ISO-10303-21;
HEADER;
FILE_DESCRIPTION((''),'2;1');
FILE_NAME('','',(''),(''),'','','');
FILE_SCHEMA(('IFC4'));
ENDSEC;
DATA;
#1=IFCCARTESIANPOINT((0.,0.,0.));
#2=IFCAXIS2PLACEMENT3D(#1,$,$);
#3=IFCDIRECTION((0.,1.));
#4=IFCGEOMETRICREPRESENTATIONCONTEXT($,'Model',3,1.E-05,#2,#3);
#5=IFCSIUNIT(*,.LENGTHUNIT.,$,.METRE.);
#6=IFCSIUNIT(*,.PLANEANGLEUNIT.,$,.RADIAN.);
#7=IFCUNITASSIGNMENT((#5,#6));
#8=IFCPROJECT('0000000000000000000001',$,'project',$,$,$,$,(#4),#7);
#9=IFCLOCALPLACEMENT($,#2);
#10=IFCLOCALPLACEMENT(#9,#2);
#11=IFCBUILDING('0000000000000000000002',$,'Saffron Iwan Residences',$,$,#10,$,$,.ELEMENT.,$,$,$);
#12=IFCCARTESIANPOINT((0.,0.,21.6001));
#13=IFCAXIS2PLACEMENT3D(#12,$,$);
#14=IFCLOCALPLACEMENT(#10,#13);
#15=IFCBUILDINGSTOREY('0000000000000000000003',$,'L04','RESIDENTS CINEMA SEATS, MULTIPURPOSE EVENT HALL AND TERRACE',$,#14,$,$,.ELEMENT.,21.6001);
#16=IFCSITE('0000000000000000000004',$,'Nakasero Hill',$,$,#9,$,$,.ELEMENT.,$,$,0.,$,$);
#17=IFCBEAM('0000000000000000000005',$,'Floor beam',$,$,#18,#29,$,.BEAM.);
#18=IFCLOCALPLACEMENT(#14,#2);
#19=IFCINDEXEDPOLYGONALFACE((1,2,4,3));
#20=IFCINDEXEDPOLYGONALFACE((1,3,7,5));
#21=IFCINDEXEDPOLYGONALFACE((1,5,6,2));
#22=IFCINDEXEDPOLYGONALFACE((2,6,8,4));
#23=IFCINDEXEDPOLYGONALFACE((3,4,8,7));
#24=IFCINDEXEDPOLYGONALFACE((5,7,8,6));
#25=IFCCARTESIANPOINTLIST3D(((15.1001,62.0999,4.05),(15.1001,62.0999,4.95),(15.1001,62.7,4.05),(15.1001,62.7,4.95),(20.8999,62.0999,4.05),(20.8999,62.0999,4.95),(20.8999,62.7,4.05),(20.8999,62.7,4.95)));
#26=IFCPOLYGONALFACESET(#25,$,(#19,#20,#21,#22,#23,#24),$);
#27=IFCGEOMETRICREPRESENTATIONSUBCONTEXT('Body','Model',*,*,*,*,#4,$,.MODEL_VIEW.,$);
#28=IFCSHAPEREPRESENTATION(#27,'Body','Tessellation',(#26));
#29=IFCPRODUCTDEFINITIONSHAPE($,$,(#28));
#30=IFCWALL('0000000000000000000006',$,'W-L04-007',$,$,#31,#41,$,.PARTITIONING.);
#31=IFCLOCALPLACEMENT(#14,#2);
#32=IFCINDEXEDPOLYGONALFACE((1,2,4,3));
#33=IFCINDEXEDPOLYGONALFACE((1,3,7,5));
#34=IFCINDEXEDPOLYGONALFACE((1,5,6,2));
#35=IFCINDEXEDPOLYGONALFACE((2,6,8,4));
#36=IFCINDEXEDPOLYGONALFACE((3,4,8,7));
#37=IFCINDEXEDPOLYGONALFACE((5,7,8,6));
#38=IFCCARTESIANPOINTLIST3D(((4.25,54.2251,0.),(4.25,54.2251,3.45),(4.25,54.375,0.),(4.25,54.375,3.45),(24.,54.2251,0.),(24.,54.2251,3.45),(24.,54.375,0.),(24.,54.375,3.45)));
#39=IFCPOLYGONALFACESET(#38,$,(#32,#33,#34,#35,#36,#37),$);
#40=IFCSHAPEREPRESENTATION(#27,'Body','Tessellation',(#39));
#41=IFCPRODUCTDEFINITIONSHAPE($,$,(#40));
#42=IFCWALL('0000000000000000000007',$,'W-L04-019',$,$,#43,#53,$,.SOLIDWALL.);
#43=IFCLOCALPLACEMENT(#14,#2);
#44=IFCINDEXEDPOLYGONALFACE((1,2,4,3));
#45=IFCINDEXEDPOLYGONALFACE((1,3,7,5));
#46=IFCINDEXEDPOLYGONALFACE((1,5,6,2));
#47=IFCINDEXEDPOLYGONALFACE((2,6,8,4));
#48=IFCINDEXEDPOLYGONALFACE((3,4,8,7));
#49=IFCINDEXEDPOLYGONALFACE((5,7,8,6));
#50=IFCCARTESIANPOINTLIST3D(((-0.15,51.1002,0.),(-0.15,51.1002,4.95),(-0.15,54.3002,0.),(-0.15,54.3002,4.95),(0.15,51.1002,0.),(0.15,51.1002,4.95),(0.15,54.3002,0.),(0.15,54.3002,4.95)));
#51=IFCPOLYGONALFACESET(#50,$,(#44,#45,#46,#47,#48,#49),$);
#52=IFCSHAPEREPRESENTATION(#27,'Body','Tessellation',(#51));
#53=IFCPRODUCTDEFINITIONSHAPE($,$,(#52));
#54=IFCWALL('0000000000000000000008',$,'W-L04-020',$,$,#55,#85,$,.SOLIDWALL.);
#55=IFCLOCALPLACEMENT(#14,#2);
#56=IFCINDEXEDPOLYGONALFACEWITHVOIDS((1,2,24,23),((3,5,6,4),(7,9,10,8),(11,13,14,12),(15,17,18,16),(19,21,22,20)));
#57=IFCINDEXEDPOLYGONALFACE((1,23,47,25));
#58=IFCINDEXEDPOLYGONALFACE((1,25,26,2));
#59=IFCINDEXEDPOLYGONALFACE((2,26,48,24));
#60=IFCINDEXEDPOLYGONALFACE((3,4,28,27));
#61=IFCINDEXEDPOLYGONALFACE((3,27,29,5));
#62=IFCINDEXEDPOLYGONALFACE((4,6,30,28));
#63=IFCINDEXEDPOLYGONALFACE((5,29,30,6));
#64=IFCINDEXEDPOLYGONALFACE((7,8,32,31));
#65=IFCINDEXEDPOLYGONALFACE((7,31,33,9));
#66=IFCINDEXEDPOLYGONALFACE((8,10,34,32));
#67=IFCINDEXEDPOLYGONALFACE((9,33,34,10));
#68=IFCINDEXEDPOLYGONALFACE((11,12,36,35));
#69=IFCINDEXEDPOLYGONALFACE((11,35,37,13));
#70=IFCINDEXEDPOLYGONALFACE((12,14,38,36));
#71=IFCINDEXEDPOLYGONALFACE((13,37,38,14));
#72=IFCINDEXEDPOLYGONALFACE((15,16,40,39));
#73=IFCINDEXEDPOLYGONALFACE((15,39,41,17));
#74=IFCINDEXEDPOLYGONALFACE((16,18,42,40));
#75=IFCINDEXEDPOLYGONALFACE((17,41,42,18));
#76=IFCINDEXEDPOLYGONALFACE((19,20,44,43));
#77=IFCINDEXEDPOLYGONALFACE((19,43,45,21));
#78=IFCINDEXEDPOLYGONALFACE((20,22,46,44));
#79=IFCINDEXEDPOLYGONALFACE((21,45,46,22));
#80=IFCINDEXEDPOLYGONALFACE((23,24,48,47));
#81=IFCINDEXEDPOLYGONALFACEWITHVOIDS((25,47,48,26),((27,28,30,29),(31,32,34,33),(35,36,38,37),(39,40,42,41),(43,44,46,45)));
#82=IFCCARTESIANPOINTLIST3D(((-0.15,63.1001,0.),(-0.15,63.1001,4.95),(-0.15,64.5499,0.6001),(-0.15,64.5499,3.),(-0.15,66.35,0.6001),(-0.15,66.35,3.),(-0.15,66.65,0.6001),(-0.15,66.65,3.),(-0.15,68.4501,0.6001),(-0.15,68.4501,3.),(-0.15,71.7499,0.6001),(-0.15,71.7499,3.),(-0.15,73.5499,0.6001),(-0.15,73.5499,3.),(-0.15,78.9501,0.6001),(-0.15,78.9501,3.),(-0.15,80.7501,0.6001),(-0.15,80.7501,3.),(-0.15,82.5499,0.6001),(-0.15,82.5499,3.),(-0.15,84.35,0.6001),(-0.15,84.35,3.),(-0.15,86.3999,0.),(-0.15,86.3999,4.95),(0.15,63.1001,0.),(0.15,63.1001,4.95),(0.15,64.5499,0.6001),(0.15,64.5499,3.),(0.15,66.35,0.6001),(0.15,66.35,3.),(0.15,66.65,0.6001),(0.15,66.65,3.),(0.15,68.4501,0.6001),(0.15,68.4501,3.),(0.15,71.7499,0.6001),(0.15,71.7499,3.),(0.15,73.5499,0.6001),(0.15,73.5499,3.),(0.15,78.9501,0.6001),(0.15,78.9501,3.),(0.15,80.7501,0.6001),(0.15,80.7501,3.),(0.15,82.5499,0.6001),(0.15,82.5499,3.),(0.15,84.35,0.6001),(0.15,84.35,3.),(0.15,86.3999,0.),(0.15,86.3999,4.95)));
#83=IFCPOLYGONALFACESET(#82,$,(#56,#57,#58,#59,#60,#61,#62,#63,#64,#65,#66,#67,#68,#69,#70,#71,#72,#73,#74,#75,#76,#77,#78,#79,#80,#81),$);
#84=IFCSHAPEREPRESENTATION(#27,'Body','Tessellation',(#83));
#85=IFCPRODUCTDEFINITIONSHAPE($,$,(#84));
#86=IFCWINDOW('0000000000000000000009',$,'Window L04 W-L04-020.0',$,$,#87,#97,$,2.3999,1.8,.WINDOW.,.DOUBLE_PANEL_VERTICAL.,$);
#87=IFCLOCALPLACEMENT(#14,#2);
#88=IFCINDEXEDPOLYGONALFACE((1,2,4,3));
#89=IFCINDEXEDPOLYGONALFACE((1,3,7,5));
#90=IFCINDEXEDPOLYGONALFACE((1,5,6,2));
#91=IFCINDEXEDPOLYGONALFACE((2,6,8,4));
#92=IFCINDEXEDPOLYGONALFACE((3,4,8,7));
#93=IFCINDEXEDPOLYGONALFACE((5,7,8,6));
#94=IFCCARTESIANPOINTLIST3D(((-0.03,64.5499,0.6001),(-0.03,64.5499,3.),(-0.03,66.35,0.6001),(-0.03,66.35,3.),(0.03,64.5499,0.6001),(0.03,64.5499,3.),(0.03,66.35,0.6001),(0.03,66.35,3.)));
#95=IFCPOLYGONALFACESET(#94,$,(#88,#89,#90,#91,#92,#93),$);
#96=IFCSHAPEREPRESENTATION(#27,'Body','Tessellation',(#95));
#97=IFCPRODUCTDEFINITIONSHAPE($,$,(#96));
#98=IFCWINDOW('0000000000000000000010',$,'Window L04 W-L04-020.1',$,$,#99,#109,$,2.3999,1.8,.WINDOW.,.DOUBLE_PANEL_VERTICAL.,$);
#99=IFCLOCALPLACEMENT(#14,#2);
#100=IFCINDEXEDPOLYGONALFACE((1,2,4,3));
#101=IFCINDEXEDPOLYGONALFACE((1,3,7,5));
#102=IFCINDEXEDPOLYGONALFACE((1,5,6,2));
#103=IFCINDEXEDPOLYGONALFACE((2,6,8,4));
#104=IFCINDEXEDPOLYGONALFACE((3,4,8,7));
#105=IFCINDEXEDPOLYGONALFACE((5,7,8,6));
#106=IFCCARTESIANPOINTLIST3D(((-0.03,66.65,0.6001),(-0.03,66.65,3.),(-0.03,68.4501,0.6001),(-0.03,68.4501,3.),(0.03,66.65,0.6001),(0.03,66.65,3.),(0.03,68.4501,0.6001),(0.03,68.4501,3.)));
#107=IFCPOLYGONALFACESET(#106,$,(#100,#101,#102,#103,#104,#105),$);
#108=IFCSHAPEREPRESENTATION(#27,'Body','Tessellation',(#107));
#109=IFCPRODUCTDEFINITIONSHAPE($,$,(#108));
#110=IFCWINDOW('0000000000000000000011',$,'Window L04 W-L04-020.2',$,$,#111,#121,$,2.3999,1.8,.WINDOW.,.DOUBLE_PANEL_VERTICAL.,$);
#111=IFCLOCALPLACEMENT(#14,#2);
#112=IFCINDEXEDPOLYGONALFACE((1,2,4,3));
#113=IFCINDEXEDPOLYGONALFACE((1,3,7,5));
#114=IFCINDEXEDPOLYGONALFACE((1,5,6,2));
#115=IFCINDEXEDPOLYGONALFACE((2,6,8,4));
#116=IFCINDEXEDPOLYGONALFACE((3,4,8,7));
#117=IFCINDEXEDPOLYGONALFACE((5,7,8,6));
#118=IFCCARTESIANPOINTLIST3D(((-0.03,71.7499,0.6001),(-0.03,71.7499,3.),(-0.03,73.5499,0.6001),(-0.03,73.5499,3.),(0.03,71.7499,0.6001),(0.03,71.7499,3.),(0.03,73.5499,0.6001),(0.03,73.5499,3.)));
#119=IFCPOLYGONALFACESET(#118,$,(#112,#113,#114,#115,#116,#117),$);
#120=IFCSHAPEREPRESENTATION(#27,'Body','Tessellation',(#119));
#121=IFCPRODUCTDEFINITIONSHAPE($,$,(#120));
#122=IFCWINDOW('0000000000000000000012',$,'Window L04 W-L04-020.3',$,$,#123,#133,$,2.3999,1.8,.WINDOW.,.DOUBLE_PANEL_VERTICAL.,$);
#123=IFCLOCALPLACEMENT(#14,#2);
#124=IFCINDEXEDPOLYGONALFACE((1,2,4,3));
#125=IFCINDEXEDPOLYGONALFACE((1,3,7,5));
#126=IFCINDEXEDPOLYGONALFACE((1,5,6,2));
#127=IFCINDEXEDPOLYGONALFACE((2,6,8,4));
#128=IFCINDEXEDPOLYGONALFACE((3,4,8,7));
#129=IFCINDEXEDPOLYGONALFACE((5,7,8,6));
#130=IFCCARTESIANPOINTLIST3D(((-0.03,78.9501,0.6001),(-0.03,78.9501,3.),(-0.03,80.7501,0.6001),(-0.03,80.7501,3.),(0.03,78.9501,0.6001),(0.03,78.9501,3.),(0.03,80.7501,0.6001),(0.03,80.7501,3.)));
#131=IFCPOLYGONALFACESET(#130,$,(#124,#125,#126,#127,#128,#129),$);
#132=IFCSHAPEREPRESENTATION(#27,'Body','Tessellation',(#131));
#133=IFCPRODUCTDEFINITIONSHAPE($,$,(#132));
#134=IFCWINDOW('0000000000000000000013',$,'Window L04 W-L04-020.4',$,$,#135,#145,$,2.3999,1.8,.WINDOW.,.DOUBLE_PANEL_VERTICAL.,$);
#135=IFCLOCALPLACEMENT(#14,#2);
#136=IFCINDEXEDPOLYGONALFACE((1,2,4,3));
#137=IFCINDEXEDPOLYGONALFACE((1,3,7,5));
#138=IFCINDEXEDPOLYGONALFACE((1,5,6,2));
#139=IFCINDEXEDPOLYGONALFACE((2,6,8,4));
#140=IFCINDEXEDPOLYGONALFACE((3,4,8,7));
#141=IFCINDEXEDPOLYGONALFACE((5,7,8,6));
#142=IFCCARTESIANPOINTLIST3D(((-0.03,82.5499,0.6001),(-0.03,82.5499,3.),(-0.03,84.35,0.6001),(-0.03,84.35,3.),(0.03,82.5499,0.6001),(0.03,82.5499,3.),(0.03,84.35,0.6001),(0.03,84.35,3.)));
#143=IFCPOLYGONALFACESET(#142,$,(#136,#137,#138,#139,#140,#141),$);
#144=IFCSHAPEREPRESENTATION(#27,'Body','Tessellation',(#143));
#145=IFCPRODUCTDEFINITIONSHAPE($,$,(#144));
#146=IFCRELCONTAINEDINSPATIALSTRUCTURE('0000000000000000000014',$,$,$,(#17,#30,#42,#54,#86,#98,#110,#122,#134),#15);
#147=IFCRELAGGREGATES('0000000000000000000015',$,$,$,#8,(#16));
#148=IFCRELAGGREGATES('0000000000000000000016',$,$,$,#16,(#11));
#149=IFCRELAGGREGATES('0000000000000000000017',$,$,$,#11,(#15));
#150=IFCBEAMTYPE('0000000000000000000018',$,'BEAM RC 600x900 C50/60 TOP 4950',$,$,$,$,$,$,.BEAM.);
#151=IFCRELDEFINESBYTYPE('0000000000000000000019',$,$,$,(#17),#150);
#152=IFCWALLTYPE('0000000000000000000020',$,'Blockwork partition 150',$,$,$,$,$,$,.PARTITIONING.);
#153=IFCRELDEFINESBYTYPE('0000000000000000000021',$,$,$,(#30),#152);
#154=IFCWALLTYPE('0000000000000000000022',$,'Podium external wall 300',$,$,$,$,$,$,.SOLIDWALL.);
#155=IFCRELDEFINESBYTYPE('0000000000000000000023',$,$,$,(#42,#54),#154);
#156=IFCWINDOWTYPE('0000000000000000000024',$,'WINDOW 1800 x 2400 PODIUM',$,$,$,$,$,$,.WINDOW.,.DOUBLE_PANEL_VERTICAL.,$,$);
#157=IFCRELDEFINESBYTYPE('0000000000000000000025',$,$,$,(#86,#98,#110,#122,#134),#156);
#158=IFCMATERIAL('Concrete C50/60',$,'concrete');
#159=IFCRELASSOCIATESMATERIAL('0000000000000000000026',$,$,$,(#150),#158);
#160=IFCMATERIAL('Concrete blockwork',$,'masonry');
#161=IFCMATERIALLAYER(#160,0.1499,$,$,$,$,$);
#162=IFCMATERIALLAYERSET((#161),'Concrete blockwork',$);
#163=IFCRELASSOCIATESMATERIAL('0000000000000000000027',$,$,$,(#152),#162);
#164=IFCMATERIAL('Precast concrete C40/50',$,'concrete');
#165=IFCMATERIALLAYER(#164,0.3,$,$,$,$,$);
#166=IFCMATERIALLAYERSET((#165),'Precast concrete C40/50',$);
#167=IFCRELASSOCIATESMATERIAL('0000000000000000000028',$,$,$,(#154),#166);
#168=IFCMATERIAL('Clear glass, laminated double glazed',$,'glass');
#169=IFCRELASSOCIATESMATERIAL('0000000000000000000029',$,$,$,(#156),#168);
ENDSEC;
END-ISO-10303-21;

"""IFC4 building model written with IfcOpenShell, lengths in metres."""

from ifc_helpers import new_model, si_unit, direction, frame, frame_2d, origin, origin_2d, place, context, subcontext, project, spatial, rectangle, extrude, source, transform, mapped, material, layer, layer_set, material_profile, profile_set, type_object, element, fill, save


model = new_model("IFC4")

# Units and contexts
model_context = context("Model", 3, precision=1e-05, world=origin(), true_north=direction((0.0, 1.0)))
body_context = subcontext(model_context, "Body", "Model", "MODEL_VIEW")
ifc_project = project(units=[si_unit("LENGTHUNIT", "METRE"), si_unit("PLANEANGLEUNIT", "RADIAN")], contexts=[model_context])

# Site, building, storey
site_placement = place(None, origin())
site = spatial("IfcSite", under=ifc_project, at=site_placement, Name="Nakasero Hill", CompositionType="ELEMENT", RefElevation=0.0)
building_placement = place(site_placement, origin())
building = spatial("IfcBuilding", under=site, at=building_placement, Name="Saffron Iwan Residences", CompositionType="ELEMENT")
storey_placement = place(building_placement, frame((0.0, 0.0, 21.6001)))
storey = spatial("IfcBuildingStorey", under=building, at=storey_placement, Name="L04", Description="RESIDENTS CINEMA SEATS, MULTIPURPOSE EVENT HALL AND TERRACE", CompositionType="ELEMENT", Elevation=21.6001)

# Shared definitions
ifc_material_1 = material(Name="Concrete C50/60", Category="concrete")

# Beam
ifc_material_profile_1 = material_profile(ifc_material_1, rectangle(XDim=0.6001, YDim=0.8999, at=origin_2d()), Name="RC 600x900")
ifc_profile_set_1 = profile_set([ifc_material_profile_1], Name="Concrete C50/60")
beam_type_1 = type_object("IfcBeamType", Name="BEAM RC 600x900 C50/60 TOP 4950", PredefinedType="BEAM", material=ifc_profile_set_1)
shared_shape_1 = source(origin(), body_context, "Body", "SweptSolid", [
    extrude(rectangle(XDim=0.6001, YDim=0.8999, at=origin_2d()), origin(), (0.0, 0.0, 1.0), 5.7998),
])
beam_1_placement = place(storey_placement, frame((15.1001, 62.3999, 4.5), z_axis=(1.0, 0.0, 0.0), x_axis=(0.0, 1.0, 0.0)))
element("IfcBeam", 1, at=beam_1_placement, inside=storey, type_object=beam_type_1, Name="Floor beam", PredefinedType="BEAM", context=body_context, shape_type="MappedRepresentation", body=[
    mapped(shared_shape_1, transform((0.0, 0.0, 0.0))),
])

# Walls
ifc_material_2 = material(Name="Concrete blockwork", Category="masonry")
ifc_layer_1 = layer(ifc_material_2, 0.1499)
ifc_layer_set_1 = layer_set([ifc_layer_1], Name="Concrete blockwork")
wall_type_1 = type_object("IfcWallType", Name="Blockwork partition 150", PredefinedType="PARTITIONING", material=ifc_layer_set_1)
wall_1_placement = place(storey_placement, frame((4.25, 54.3, 0.0), z_axis=(0.0, 0.0, 1.0), x_axis=(1.0, 0.0, 0.0)))
element("IfcWall", 2, at=wall_1_placement, inside=storey, type_object=wall_type_1, Name="W-L04-007", PredefinedType="PARTITIONING", context=body_context, shape_type="SweptSolid", body=[
    extrude(rectangle(XDim=19.75, YDim=0.1499, at=frame_2d((9.875, 0.0))), origin(), (0.0, 0.0, 1.0), 3.45),
])
ifc_material_3 = material(Name="Precast concrete C40/50", Category="concrete")
ifc_layer_2 = layer(ifc_material_3, 0.3)
ifc_layer_set_2 = layer_set([ifc_layer_2], Name="Precast concrete C40/50")
wall_type_2 = type_object("IfcWallType", Name="Podium external wall 300", PredefinedType="SOLIDWALL", material=ifc_layer_set_2)
wall_2_placement = place(storey_placement, frame((0.0, 51.1001, 0.0), z_axis=(0.0, 0.0, 1.0), x_axis=(0.0, 1.0, 0.0)))
element("IfcWall", 3, at=wall_2_placement, inside=storey, type_object=wall_type_2, Name="W-L04-019", PredefinedType="SOLIDWALL", context=body_context, shape_type="SweptSolid", body=[
    extrude(rectangle(XDim=3.2, YDim=0.3, at=frame_2d((1.6001, 0.0))), origin(), (0.0, 0.0, 1.0), 4.95),
])

# Wall, openings, windows
wall_3_placement = place(storey_placement, frame((0.0, 63.1001, 0.0), z_axis=(0.0, 0.0, 1.0), x_axis=(0.0, 1.0, 0.0)))
wall_3 = element("IfcWall", 4, at=wall_3_placement, inside=storey, type_object=wall_type_2, Name="W-L04-020", PredefinedType="SOLIDWALL", context=body_context, shape_type="SweptSolid", body=[
    extrude(rectangle(XDim=23.2998, YDim=0.3, at=frame_2d((11.6499, 0.0))), origin(), (0.0, 0.0, 1.0), 4.95),
])
opening_1_placement = place(wall_3_placement, frame((1.45, 0.0, 0.6001)))
opening_1 = element("IfcOpeningElement", 5, at=opening_1_placement, cuts=wall_3, PredefinedType="OPENING", context=body_context, shape_type="SweptSolid", body=[
    extrude(rectangle(XDim=1.8, YDim=2.3999, at=frame_2d((0.8999, 1.2))), frame((0.0, 0.1602, 0.0), z_axis=(0.0, -1.0, 0.0), x_axis=(1.0, 0.0, 0.0)), (0.0, 0.0, 1.0), 0.3201),
])
opening_2_placement = place(wall_3_placement, frame((3.55, 0.0, 0.6001)))
opening_2 = element("IfcOpeningElement", 6, at=opening_2_placement, cuts=wall_3, PredefinedType="OPENING", context=body_context, shape_type="SweptSolid", body=[
    extrude(rectangle(XDim=1.8, YDim=2.3999, at=frame_2d((0.8999, 1.2))), frame((0.0, 0.1602, 0.0), z_axis=(0.0, -1.0, 0.0), x_axis=(1.0, 0.0, 0.0)), (0.0, 0.0, 1.0), 0.3201),
])
opening_3_placement = place(wall_3_placement, frame((8.6499, 0.0, 0.6001)))
opening_3 = element("IfcOpeningElement", 7, at=opening_3_placement, cuts=wall_3, PredefinedType="OPENING", context=body_context, shape_type="SweptSolid", body=[
    extrude(rectangle(XDim=1.8, YDim=2.3999, at=frame_2d((0.8999, 1.2))), frame((0.0, 0.1602, 0.0), z_axis=(0.0, -1.0, 0.0), x_axis=(1.0, 0.0, 0.0)), (0.0, 0.0, 1.0), 0.3201),
])
opening_4_placement = place(wall_3_placement, frame((15.8501, 0.0, 0.6001)))
opening_4 = element("IfcOpeningElement", 8, at=opening_4_placement, cuts=wall_3, PredefinedType="OPENING", context=body_context, shape_type="SweptSolid", body=[
    extrude(rectangle(XDim=1.8, YDim=2.3999, at=frame_2d((0.8999, 1.2))), frame((0.0, 0.1602, 0.0), z_axis=(0.0, -1.0, 0.0), x_axis=(1.0, 0.0, 0.0)), (0.0, 0.0, 1.0), 0.3201),
])
opening_5_placement = place(wall_3_placement, frame((19.45, 0.0, 0.6001)))
opening_5 = element("IfcOpeningElement", 9, at=opening_5_placement, cuts=wall_3, PredefinedType="OPENING", context=body_context, shape_type="SweptSolid", body=[
    extrude(rectangle(XDim=1.8, YDim=2.3999, at=frame_2d((0.8999, 1.2))), frame((0.0, 0.1602, 0.0), z_axis=(0.0, -1.0, 0.0), x_axis=(1.0, 0.0, 0.0)), (0.0, 0.0, 1.0), 0.3201),
])
ifc_material_4 = material(Name="Clear glass, laminated double glazed", Category="glass")
window_type = type_object("IfcWindowType", Name="WINDOW 1800 x 2400 PODIUM", PartitioningType="DOUBLE_PANEL_VERTICAL", PredefinedType="WINDOW", material=ifc_material_4)
window_1_placement = place(opening_1_placement, origin())
window_1 = element("IfcWindow", 10, at=window_1_placement, inside=storey, type_object=window_type, Name="Window L04 W-L04-020.0", OverallHeight=2.3999, OverallWidth=1.8, PartitioningType="DOUBLE_PANEL_VERTICAL", PredefinedType="WINDOW", context=body_context, shape_type="SweptSolid", body=[
    extrude(rectangle(XDim=1.8, YDim=2.3999, at=frame_2d((0.8999, 1.2))), frame((0.0, 0.03, 0.0), z_axis=(0.0, -1.0, 0.0), x_axis=(1.0, 0.0, 0.0)), (0.0, 0.0, 1.0), 0.0601),
])
fill(opening_1, window_1)
window_2_placement = place(opening_2_placement, origin())
window_2 = element("IfcWindow", 11, at=window_2_placement, inside=storey, type_object=window_type, Name="Window L04 W-L04-020.1", OverallHeight=2.3999, OverallWidth=1.8, PartitioningType="DOUBLE_PANEL_VERTICAL", PredefinedType="WINDOW", context=body_context, shape_type="SweptSolid", body=[
    extrude(rectangle(XDim=1.8, YDim=2.3999, at=frame_2d((0.8999, 1.2))), frame((0.0, 0.03, 0.0), z_axis=(0.0, -1.0, 0.0), x_axis=(1.0, 0.0, 0.0)), (0.0, 0.0, 1.0), 0.0601),
])
fill(opening_2, window_2)
window_3_placement = place(opening_3_placement, origin())
window_3 = element("IfcWindow", 12, at=window_3_placement, inside=storey, type_object=window_type, Name="Window L04 W-L04-020.2", OverallHeight=2.3999, OverallWidth=1.8, PartitioningType="DOUBLE_PANEL_VERTICAL", PredefinedType="WINDOW", context=body_context, shape_type="SweptSolid", body=[
    extrude(rectangle(XDim=1.8, YDim=2.3999, at=frame_2d((0.8999, 1.2))), frame((0.0, 0.03, 0.0), z_axis=(0.0, -1.0, 0.0), x_axis=(1.0, 0.0, 0.0)), (0.0, 0.0, 1.0), 0.0601),
])
fill(opening_3, window_3)
window_4_placement = place(opening_4_placement, origin())
window_4 = element("IfcWindow", 13, at=window_4_placement, inside=storey, type_object=window_type, Name="Window L04 W-L04-020.3", OverallHeight=2.3999, OverallWidth=1.8, PartitioningType="DOUBLE_PANEL_VERTICAL", PredefinedType="WINDOW", context=body_context, shape_type="SweptSolid", body=[
    extrude(rectangle(XDim=1.8, YDim=2.3999, at=frame_2d((0.8999, 1.2))), frame((0.0, 0.03, 0.0), z_axis=(0.0, -1.0, 0.0), x_axis=(1.0, 0.0, 0.0)), (0.0, 0.0, 1.0), 0.0601),
])
fill(opening_4, window_4)
window_5_placement = place(opening_5_placement, origin())
window_5 = element("IfcWindow", 14, at=window_5_placement, inside=storey, type_object=window_type, Name="Window L04 W-L04-020.4", OverallHeight=2.3999, OverallWidth=1.8, PartitioningType="DOUBLE_PANEL_VERTICAL", PredefinedType="WINDOW", context=body_context, shape_type="SweptSolid", body=[
    extrude(rectangle(XDim=1.8, YDim=2.3999, at=frame_2d((0.8999, 1.2))), frame((0.0, 0.03, 0.0), z_axis=(0.0, -1.0, 0.0), x_axis=(1.0, 0.0, 0.0)), (0.0, 0.0, 1.0), 0.0601),
])
fill(opening_5, window_5)

save(model, "model.ifc")
